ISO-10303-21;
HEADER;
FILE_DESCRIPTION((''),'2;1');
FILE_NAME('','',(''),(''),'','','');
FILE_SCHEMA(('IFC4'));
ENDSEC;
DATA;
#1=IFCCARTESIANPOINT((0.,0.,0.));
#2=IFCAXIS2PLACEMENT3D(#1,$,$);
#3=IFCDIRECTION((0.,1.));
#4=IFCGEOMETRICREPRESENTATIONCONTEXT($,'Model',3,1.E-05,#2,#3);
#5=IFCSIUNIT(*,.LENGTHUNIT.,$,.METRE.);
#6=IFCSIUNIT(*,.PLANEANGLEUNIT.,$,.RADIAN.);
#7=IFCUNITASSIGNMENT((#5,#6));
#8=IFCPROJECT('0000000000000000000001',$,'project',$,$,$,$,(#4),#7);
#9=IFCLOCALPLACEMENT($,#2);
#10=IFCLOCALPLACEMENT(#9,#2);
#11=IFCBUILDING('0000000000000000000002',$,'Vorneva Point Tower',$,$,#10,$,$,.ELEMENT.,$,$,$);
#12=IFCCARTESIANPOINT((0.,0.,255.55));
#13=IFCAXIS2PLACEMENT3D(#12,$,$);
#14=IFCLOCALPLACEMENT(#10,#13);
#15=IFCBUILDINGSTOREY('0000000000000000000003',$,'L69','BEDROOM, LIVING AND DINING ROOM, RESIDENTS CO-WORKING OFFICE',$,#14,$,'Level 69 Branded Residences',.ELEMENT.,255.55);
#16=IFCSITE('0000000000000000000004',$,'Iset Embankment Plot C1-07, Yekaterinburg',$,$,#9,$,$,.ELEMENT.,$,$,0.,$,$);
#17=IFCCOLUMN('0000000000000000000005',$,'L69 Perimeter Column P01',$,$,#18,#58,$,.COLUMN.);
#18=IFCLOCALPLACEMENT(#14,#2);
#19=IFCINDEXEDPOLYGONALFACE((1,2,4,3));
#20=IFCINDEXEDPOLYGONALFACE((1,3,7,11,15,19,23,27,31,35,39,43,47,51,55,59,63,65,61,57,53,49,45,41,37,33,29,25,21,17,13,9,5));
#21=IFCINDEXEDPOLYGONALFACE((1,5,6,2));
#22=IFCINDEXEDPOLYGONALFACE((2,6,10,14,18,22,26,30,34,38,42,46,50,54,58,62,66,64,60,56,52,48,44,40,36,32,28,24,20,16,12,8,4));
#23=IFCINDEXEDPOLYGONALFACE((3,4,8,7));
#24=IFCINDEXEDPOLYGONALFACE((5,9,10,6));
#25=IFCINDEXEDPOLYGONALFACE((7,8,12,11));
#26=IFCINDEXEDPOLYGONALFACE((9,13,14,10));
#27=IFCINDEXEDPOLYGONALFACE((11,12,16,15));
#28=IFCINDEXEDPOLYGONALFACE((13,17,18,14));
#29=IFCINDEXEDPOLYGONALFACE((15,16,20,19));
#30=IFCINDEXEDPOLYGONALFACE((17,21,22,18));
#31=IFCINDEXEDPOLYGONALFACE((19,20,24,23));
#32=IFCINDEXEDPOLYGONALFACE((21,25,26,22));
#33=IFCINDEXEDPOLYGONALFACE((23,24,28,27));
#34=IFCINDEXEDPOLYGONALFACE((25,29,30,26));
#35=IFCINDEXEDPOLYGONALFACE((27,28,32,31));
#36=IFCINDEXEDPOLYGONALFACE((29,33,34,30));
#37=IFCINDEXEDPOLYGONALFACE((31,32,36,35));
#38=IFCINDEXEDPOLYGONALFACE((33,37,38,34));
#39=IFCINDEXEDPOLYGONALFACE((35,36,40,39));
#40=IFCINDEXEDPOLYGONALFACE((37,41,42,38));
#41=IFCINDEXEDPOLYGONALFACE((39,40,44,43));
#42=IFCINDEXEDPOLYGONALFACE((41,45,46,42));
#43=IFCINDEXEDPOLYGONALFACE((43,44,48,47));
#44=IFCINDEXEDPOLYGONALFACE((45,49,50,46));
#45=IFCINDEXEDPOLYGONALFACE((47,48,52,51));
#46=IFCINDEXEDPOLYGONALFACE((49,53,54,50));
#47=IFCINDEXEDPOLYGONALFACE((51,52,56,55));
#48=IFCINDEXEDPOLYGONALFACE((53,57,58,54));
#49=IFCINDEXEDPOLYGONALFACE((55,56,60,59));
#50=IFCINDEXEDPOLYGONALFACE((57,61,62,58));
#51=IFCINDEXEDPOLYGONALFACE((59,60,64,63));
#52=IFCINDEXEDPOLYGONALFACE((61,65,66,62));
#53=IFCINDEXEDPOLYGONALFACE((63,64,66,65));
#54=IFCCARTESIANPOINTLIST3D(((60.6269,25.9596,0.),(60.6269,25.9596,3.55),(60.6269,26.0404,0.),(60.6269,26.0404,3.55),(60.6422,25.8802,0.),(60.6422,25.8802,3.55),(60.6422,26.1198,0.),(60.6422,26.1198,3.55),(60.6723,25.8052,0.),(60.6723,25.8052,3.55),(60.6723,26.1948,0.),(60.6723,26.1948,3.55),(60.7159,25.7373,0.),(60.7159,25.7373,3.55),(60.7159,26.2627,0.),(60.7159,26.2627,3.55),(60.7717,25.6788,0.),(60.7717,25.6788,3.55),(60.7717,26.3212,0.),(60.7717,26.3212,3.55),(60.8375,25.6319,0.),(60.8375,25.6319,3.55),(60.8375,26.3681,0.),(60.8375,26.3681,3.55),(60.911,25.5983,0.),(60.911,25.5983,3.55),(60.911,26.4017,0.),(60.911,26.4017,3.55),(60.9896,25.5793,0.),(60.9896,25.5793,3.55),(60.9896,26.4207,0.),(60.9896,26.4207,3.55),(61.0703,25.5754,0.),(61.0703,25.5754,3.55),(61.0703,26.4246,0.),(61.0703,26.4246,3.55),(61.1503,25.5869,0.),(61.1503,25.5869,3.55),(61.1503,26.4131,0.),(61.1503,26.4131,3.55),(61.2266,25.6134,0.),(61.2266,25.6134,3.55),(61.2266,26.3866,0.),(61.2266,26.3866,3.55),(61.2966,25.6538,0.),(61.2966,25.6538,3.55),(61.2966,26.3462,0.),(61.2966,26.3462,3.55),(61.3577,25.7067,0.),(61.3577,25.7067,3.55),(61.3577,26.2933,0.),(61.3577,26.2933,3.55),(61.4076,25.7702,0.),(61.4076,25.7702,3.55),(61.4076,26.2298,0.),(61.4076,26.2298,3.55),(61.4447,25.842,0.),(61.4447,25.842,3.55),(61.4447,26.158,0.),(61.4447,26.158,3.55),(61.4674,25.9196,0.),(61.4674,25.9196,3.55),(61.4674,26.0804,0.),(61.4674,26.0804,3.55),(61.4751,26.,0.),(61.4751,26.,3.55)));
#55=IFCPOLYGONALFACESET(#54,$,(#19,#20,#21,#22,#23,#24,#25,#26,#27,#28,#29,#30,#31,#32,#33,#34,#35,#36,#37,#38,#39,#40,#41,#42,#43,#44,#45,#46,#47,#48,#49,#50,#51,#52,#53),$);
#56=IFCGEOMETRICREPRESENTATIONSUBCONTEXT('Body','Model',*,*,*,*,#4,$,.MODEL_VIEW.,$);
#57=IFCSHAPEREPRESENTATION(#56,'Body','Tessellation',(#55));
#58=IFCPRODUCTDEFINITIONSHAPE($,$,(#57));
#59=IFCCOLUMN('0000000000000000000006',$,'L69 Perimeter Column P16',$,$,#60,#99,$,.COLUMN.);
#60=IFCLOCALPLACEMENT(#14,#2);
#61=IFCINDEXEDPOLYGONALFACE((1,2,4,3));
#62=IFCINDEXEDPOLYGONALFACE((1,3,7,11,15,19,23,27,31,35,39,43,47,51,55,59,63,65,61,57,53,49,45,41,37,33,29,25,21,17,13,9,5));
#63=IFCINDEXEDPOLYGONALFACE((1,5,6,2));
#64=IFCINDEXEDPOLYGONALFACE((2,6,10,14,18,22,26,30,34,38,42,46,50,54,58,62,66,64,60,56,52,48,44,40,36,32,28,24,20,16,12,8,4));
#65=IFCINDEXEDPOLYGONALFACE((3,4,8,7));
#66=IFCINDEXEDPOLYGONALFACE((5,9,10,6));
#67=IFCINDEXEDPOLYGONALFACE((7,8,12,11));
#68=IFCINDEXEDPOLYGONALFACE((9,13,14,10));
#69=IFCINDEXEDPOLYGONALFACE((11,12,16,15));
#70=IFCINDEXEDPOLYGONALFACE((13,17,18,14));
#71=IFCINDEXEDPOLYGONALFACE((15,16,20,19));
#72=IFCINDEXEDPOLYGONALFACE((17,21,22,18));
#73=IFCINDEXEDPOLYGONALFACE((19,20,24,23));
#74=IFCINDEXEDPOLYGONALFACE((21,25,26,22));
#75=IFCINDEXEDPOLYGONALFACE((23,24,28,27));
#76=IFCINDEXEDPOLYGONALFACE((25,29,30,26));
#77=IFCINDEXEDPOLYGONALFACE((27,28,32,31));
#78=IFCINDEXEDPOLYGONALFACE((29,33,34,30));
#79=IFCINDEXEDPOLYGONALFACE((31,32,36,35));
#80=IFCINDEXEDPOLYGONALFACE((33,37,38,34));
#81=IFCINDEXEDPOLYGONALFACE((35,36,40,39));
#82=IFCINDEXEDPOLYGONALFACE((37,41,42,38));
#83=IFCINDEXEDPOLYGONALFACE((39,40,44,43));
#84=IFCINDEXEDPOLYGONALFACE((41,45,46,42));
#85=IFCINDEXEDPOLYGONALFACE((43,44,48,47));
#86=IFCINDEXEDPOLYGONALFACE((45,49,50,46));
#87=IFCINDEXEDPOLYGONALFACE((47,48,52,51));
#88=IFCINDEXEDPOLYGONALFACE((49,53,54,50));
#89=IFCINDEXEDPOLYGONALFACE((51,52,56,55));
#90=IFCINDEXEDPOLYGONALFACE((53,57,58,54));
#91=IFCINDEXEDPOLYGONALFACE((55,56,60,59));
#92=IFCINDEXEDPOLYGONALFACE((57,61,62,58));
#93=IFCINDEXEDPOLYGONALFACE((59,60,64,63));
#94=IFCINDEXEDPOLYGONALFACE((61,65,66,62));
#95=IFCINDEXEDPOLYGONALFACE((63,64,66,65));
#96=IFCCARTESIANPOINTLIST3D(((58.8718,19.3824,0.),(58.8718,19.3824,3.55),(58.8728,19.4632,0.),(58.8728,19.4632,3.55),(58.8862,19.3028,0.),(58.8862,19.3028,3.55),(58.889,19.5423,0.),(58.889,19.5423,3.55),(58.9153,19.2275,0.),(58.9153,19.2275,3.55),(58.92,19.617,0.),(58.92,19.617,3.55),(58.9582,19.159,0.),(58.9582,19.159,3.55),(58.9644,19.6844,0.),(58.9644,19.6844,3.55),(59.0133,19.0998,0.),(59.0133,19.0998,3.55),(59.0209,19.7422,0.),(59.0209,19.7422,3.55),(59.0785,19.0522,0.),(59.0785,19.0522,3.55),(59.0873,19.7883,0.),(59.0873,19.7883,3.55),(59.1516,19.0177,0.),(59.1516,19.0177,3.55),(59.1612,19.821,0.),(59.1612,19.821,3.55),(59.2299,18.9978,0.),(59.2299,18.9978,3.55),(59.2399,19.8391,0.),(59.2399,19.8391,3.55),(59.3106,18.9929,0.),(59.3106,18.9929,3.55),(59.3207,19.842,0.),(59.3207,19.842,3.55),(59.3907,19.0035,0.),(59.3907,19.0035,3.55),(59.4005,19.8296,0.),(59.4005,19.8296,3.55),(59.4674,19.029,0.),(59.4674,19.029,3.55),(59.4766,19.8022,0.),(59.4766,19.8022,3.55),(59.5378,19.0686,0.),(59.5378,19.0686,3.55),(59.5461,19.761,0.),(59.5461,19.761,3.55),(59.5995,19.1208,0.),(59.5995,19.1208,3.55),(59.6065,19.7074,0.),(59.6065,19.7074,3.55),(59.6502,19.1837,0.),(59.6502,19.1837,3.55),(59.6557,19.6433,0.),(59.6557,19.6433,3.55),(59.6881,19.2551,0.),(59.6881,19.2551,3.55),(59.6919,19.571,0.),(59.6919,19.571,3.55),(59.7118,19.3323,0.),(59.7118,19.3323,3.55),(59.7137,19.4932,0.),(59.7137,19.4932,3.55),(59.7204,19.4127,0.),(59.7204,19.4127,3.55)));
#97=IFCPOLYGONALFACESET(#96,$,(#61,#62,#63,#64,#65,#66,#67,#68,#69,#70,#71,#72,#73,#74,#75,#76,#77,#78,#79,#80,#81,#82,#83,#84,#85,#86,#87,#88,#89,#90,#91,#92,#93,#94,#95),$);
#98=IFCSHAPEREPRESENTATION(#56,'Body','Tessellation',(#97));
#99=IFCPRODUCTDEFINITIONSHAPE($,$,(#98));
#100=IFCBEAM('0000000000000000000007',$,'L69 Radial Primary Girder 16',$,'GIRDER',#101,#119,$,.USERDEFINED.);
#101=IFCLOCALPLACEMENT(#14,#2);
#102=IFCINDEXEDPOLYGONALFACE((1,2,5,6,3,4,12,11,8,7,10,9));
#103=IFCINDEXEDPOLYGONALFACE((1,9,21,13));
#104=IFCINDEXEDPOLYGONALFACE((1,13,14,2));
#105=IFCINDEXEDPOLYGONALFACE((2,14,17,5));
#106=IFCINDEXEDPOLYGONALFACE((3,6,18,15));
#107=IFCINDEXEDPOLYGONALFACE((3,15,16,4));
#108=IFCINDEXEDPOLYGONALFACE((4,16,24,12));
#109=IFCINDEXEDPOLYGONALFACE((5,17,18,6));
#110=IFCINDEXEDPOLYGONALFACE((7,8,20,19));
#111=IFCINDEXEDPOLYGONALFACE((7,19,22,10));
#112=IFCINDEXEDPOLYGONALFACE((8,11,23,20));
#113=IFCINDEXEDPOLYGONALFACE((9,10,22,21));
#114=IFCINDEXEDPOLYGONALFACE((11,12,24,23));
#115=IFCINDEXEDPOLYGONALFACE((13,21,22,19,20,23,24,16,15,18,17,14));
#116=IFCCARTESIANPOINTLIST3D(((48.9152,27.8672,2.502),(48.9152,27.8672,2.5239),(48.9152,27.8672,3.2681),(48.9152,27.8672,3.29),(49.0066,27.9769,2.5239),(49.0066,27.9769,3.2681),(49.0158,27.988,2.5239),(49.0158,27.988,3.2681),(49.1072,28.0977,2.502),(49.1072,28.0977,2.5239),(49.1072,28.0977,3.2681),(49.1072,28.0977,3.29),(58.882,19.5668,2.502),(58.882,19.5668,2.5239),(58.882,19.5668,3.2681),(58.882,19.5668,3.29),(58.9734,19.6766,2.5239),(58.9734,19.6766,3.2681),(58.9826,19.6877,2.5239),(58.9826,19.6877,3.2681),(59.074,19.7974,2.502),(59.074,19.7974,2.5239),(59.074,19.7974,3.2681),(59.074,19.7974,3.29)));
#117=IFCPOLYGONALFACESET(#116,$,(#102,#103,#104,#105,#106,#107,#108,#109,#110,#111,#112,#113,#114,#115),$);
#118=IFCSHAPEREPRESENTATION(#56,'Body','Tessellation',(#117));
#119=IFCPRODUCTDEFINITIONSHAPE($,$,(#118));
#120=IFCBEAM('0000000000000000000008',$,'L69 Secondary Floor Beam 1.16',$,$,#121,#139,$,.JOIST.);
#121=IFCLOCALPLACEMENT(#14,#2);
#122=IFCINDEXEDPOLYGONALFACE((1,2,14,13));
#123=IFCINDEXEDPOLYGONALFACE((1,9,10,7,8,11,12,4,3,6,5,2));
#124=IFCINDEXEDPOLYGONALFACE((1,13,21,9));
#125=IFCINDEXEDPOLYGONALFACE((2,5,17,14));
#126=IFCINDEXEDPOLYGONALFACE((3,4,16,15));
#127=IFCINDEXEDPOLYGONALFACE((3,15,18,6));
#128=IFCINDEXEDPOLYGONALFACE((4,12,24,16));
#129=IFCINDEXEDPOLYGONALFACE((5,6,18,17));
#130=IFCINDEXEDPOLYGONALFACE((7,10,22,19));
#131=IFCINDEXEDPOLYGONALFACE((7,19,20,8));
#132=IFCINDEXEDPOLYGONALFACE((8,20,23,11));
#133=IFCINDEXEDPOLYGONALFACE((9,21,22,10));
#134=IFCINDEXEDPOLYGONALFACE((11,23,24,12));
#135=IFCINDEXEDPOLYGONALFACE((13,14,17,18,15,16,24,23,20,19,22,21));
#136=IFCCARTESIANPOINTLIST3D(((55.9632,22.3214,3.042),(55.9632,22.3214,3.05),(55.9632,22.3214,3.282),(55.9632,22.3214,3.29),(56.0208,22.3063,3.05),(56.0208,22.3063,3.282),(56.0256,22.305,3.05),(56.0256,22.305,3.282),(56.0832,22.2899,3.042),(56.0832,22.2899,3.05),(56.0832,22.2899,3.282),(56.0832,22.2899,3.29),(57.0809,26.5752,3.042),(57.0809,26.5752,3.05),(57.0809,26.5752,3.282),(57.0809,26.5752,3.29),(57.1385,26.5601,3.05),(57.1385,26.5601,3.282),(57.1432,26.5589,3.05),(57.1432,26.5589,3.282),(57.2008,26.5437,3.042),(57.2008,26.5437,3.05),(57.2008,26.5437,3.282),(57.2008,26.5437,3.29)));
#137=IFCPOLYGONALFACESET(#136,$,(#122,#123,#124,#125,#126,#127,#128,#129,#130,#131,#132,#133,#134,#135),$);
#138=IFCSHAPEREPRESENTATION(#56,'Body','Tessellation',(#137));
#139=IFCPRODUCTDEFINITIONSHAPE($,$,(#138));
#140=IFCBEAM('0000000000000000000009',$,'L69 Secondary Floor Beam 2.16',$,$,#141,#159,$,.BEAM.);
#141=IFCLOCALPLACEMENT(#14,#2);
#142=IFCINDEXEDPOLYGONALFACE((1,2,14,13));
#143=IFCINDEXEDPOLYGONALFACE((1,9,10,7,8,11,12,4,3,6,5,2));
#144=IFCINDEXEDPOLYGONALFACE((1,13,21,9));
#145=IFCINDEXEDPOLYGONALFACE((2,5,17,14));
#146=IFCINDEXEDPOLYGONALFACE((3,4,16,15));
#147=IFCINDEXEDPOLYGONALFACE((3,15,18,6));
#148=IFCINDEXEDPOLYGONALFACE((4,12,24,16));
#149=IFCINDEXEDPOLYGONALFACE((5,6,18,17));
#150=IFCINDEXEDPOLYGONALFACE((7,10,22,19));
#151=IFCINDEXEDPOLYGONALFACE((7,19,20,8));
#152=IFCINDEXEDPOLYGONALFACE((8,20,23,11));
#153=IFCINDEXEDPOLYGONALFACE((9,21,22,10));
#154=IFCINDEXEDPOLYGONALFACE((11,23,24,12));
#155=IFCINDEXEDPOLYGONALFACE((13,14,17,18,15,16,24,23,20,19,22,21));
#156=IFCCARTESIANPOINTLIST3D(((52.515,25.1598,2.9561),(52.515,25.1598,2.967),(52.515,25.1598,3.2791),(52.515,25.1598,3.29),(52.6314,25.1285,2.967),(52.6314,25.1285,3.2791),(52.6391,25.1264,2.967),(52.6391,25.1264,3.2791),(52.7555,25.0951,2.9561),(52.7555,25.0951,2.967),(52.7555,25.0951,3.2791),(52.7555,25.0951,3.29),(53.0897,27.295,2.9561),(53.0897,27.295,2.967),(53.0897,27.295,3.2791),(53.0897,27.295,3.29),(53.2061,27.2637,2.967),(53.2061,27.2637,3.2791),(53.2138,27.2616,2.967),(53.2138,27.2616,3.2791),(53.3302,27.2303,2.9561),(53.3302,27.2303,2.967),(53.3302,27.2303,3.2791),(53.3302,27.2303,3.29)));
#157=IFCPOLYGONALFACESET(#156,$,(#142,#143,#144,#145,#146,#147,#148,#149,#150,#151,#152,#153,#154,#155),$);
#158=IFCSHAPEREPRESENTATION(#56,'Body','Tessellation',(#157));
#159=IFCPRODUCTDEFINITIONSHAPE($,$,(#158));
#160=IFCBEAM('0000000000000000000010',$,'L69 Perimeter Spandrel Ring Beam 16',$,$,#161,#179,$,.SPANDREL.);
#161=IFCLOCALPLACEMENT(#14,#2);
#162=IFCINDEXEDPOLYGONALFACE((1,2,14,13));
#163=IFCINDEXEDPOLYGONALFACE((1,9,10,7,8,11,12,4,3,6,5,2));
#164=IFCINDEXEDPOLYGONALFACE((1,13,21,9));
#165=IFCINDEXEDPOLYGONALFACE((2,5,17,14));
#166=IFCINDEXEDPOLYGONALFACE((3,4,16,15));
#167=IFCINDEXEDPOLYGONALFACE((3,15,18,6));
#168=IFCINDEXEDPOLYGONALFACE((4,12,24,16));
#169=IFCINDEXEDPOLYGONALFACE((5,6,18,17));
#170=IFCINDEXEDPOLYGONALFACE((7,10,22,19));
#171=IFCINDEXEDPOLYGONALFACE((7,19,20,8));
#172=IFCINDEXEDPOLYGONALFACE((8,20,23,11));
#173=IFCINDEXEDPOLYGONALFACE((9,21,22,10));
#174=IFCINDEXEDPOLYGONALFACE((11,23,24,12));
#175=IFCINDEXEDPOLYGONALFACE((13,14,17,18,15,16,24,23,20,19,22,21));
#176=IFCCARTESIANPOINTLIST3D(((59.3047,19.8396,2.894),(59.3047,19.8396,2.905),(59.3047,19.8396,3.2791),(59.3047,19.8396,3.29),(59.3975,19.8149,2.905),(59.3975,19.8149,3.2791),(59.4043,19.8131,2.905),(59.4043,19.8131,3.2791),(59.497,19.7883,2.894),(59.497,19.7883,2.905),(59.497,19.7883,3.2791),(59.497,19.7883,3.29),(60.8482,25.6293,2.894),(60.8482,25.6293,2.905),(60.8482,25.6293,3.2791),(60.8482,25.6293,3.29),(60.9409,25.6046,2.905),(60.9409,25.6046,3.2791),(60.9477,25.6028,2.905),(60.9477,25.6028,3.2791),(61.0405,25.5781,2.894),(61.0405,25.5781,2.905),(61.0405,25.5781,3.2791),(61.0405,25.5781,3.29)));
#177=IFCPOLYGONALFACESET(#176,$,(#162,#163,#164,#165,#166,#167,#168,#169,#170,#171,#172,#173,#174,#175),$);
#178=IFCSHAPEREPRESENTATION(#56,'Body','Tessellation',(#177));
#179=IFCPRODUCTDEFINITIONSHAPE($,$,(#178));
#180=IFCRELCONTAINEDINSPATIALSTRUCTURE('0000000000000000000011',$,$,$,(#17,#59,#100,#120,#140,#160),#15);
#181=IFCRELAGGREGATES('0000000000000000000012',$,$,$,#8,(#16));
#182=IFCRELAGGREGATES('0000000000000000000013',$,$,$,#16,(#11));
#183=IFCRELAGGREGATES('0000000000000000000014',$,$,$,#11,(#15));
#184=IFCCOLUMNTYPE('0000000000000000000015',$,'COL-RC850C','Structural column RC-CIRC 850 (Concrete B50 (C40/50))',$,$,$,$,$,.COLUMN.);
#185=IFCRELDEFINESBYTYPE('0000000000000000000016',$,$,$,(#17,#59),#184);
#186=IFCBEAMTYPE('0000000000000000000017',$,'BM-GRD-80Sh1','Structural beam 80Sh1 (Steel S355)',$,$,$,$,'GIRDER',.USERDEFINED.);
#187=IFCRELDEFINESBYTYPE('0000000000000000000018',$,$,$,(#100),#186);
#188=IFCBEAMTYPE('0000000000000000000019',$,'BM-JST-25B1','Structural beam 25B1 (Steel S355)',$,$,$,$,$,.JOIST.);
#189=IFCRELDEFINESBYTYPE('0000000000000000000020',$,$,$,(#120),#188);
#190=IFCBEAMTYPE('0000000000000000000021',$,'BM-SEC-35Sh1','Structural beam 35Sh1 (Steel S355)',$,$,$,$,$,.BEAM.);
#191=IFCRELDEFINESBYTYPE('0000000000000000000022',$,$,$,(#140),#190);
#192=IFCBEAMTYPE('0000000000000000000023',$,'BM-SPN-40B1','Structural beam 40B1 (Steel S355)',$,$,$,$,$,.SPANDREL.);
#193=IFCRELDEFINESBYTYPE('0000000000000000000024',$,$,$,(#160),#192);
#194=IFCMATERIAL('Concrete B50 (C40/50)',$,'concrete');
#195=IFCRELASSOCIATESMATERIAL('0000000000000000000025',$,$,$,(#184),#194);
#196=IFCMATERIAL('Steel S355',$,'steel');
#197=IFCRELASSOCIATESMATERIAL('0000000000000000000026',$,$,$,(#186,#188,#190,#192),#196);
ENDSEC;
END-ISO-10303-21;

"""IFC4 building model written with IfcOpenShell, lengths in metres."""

from ifc_helpers import new_model, si_unit, direction, frame, origin, origin_2d, place, context, subcontext, project, spatial, circle, i_section, extrude, material, material_profile, profile_set, type_object, element, save


model = new_model("IFC4")

# Units and contexts
model_context = context("Model", 3, precision=1e-05, world=origin(), true_north=direction((0.0, 1.0)))
body_context = subcontext(model_context, "Body", "Model", "MODEL_VIEW")
ifc_project = project(units=[si_unit("LENGTHUNIT", "METRE"), si_unit("PLANEANGLEUNIT", "RADIAN")], contexts=[model_context])

# Site, building, storey
site_placement = place(None, origin())
site = spatial("IfcSite", under=ifc_project, at=site_placement, Name="Iset Embankment Plot C1-07, Yekaterinburg", CompositionType="ELEMENT", RefElevation=0.0)
building_placement = place(site_placement, origin())
building = spatial("IfcBuilding", under=site, at=building_placement, Name="Vorneva Point Tower", CompositionType="ELEMENT")
storey_placement = place(building_placement, frame((0.0, 0.0, 255.55)))
storey = spatial("IfcBuildingStorey", under=building, at=storey_placement, Name="L69", Description="BEDROOM, LIVING AND DINING ROOM, RESIDENTS CO-WORKING OFFICE", LongName="Level 69 Branded Residences", CompositionType="ELEMENT", Elevation=255.55)

# Columns
ifc_material_1 = material(Name="Concrete B50 (C40/50)", Category="concrete")
ifc_material_profile_1 = material_profile(ifc_material_1, circle(Radius=0.425, at=origin_2d()), Name="RC-CIRC 850")
ifc_profile_set_1 = profile_set([ifc_material_profile_1], Name="Concrete B50 (C40/50)")
column_type = type_object("IfcColumnType", Name="COL-RC850C", Description="Structural column RC-CIRC 850 (Concrete B50 (C40/50))", PredefinedType="COLUMN", material=ifc_profile_set_1)
for number, where, z_axis, x_axis, name in (
    (1, (61.05, 26.0, 0.0), (0.0, 0.0, 1.0), (1.0, 0.0, 0.0), "L69 Perimeter Column P01"),
    (2, (59.2954, 19.4177, 0.0), (0.0, 0.0, 1.0), (0.92388, -0.382683, 0.0), "L69 Perimeter Column P16"),
):
    element("IfcColumn", number, at=place(storey_placement, frame(where, z_axis=z_axis, x_axis=x_axis)), inside=storey, type_object=column_type, Name=name, PredefinedType="COLUMN", context=body_context, shape_type="SweptSolid", body=[
        extrude(circle(Radius=0.425, at=origin_2d()), origin(), (0.0, 0.0, 1.0), 3.55),
    ])

# Beams
ifc_material_2 = material(Name="Steel S355", Category="steel")
ifc_material_profile_2 = material_profile(ifc_material_2, i_section(OverallWidth=0.3, OverallDepth=0.7881, WebThickness=0.0144, FlangeThickness=0.022, at=origin_2d()), Name="80Sh1")
ifc_profile_set_2 = profile_set([ifc_material_profile_2], Name="Steel S355")
beam_type_1 = type_object("IfcBeamType", Name="BM-GRD-80Sh1", Description="Structural beam 80Sh1 (Steel S355)", ElementType="GIRDER", PredefinedType="USERDEFINED", material=ifc_profile_set_2)
beam_1_placement = place(storey_placement, frame((58.978, 19.6821, 2.896), z_axis=(-0.768425, 0.63994, 0.0), x_axis=(-0.63994, -0.768425, 0.0)))
element("IfcBeam", 3, at=beam_1_placement, inside=storey, type_object=beam_type_1, Name="L69 Radial Primary Girder 16", ObjectType="GIRDER", PredefinedType="USERDEFINED", context=body_context, shape_type="SweptSolid", body=[
    extrude(i_section(OverallWidth=0.3, OverallDepth=0.7881, WebThickness=0.0144, FlangeThickness=0.022, at=origin_2d()), origin(), (0.0, 0.0, 1.0), 12.9705),
])
ifc_material_profile_3 = material_profile(ifc_material_2, i_section(OverallWidth=0.124, OverallDepth=0.248, WebThickness=0.0049, FlangeThickness=0.0081, at=origin_2d()), Name="25B1")
ifc_profile_set_3 = profile_set([ifc_material_profile_3], Name="Steel S355")
beam_type_2 = type_object("IfcBeamType", Name="BM-JST-25B1", Description="Structural beam 25B1 (Steel S355)", PredefinedType="JOIST", material=ifc_profile_set_3)
beam_2_placement = place(storey_placement, frame((56.0232, 22.3057, 3.166), z_axis=(0.254116, 0.967174, 0.0), x_axis=(-0.967174, 0.254116, 0.0)))
element("IfcBeam", 4, at=beam_2_placement, inside=storey, type_object=beam_type_2, Name="L69 Secondary Floor Beam 1.16", PredefinedType="JOIST", context=body_context, shape_type="SweptSolid", body=[
    extrude(i_section(OverallWidth=0.124, OverallDepth=0.248, WebThickness=0.0049, FlangeThickness=0.0081, at=origin_2d()), origin(), (0.0, 0.0, 1.0), 4.3982),
])
ifc_material_profile_4 = material_profile(ifc_material_2, i_section(OverallWidth=0.249, OverallDepth=0.334, WebThickness=0.0081, FlangeThickness=0.011, at=origin_2d()), Name="35Sh1")
ifc_profile_set_4 = profile_set([ifc_material_profile_4], Name="Steel S355")
beam_type_3 = type_object("IfcBeamType", Name="BM-SEC-35Sh1", Description="Structural beam 35Sh1 (Steel S355)", PredefinedType="BEAM", material=ifc_profile_set_4)
beam_3_placement = place(storey_placement, frame((52.6353, 25.1274, 3.123), z_axis=(0.259902, 0.965635, 0.0), x_axis=(-0.965635, 0.259902, 0.0)))
element("IfcBeam", 5, at=beam_3_placement, inside=storey, type_object=beam_type_3, Name="L69 Secondary Floor Beam 2.16", PredefinedType="BEAM", context=body_context, shape_type="SweptSolid", body=[
    extrude(i_section(OverallWidth=0.249, OverallDepth=0.334, WebThickness=0.0081, FlangeThickness=0.011, at=origin_2d()), origin(), (0.0, 0.0, 1.0), 2.2112),
])
ifc_material_profile_5 = material_profile(ifc_material_2, i_section(OverallWidth=0.199, OverallDepth=0.396, WebThickness=0.0071, FlangeThickness=0.011, at=origin_2d()), Name="40B1")
ifc_profile_set_5 = profile_set([ifc_material_profile_5], Name="Steel S355")
beam_type_4 = type_object("IfcBeamType", Name="BM-SPN-40B1", Description="Structural beam 40B1 (Steel S355)", PredefinedType="SPANDREL", material=ifc_profile_set_5)
beam_4_placement = place(storey_placement, frame((59.4009, 19.814, 3.092), z_axis=(0.257587, 0.966255, 0.0), x_axis=(-0.966255, 0.257587, 0.0)))
element("IfcBeam", 6, at=beam_4_placement, inside=storey, type_object=beam_type_4, Name="L69 Perimeter Spandrel Ring Beam 16", PredefinedType="SPANDREL", context=body_context, shape_type="SweptSolid", body=[
    extrude(i_section(OverallWidth=0.199, OverallDepth=0.396, WebThickness=0.0071, FlangeThickness=0.011, at=origin_2d()), origin(), (0.0, 0.0, 1.0), 5.9919),
])

save(model, "model.ifc")
